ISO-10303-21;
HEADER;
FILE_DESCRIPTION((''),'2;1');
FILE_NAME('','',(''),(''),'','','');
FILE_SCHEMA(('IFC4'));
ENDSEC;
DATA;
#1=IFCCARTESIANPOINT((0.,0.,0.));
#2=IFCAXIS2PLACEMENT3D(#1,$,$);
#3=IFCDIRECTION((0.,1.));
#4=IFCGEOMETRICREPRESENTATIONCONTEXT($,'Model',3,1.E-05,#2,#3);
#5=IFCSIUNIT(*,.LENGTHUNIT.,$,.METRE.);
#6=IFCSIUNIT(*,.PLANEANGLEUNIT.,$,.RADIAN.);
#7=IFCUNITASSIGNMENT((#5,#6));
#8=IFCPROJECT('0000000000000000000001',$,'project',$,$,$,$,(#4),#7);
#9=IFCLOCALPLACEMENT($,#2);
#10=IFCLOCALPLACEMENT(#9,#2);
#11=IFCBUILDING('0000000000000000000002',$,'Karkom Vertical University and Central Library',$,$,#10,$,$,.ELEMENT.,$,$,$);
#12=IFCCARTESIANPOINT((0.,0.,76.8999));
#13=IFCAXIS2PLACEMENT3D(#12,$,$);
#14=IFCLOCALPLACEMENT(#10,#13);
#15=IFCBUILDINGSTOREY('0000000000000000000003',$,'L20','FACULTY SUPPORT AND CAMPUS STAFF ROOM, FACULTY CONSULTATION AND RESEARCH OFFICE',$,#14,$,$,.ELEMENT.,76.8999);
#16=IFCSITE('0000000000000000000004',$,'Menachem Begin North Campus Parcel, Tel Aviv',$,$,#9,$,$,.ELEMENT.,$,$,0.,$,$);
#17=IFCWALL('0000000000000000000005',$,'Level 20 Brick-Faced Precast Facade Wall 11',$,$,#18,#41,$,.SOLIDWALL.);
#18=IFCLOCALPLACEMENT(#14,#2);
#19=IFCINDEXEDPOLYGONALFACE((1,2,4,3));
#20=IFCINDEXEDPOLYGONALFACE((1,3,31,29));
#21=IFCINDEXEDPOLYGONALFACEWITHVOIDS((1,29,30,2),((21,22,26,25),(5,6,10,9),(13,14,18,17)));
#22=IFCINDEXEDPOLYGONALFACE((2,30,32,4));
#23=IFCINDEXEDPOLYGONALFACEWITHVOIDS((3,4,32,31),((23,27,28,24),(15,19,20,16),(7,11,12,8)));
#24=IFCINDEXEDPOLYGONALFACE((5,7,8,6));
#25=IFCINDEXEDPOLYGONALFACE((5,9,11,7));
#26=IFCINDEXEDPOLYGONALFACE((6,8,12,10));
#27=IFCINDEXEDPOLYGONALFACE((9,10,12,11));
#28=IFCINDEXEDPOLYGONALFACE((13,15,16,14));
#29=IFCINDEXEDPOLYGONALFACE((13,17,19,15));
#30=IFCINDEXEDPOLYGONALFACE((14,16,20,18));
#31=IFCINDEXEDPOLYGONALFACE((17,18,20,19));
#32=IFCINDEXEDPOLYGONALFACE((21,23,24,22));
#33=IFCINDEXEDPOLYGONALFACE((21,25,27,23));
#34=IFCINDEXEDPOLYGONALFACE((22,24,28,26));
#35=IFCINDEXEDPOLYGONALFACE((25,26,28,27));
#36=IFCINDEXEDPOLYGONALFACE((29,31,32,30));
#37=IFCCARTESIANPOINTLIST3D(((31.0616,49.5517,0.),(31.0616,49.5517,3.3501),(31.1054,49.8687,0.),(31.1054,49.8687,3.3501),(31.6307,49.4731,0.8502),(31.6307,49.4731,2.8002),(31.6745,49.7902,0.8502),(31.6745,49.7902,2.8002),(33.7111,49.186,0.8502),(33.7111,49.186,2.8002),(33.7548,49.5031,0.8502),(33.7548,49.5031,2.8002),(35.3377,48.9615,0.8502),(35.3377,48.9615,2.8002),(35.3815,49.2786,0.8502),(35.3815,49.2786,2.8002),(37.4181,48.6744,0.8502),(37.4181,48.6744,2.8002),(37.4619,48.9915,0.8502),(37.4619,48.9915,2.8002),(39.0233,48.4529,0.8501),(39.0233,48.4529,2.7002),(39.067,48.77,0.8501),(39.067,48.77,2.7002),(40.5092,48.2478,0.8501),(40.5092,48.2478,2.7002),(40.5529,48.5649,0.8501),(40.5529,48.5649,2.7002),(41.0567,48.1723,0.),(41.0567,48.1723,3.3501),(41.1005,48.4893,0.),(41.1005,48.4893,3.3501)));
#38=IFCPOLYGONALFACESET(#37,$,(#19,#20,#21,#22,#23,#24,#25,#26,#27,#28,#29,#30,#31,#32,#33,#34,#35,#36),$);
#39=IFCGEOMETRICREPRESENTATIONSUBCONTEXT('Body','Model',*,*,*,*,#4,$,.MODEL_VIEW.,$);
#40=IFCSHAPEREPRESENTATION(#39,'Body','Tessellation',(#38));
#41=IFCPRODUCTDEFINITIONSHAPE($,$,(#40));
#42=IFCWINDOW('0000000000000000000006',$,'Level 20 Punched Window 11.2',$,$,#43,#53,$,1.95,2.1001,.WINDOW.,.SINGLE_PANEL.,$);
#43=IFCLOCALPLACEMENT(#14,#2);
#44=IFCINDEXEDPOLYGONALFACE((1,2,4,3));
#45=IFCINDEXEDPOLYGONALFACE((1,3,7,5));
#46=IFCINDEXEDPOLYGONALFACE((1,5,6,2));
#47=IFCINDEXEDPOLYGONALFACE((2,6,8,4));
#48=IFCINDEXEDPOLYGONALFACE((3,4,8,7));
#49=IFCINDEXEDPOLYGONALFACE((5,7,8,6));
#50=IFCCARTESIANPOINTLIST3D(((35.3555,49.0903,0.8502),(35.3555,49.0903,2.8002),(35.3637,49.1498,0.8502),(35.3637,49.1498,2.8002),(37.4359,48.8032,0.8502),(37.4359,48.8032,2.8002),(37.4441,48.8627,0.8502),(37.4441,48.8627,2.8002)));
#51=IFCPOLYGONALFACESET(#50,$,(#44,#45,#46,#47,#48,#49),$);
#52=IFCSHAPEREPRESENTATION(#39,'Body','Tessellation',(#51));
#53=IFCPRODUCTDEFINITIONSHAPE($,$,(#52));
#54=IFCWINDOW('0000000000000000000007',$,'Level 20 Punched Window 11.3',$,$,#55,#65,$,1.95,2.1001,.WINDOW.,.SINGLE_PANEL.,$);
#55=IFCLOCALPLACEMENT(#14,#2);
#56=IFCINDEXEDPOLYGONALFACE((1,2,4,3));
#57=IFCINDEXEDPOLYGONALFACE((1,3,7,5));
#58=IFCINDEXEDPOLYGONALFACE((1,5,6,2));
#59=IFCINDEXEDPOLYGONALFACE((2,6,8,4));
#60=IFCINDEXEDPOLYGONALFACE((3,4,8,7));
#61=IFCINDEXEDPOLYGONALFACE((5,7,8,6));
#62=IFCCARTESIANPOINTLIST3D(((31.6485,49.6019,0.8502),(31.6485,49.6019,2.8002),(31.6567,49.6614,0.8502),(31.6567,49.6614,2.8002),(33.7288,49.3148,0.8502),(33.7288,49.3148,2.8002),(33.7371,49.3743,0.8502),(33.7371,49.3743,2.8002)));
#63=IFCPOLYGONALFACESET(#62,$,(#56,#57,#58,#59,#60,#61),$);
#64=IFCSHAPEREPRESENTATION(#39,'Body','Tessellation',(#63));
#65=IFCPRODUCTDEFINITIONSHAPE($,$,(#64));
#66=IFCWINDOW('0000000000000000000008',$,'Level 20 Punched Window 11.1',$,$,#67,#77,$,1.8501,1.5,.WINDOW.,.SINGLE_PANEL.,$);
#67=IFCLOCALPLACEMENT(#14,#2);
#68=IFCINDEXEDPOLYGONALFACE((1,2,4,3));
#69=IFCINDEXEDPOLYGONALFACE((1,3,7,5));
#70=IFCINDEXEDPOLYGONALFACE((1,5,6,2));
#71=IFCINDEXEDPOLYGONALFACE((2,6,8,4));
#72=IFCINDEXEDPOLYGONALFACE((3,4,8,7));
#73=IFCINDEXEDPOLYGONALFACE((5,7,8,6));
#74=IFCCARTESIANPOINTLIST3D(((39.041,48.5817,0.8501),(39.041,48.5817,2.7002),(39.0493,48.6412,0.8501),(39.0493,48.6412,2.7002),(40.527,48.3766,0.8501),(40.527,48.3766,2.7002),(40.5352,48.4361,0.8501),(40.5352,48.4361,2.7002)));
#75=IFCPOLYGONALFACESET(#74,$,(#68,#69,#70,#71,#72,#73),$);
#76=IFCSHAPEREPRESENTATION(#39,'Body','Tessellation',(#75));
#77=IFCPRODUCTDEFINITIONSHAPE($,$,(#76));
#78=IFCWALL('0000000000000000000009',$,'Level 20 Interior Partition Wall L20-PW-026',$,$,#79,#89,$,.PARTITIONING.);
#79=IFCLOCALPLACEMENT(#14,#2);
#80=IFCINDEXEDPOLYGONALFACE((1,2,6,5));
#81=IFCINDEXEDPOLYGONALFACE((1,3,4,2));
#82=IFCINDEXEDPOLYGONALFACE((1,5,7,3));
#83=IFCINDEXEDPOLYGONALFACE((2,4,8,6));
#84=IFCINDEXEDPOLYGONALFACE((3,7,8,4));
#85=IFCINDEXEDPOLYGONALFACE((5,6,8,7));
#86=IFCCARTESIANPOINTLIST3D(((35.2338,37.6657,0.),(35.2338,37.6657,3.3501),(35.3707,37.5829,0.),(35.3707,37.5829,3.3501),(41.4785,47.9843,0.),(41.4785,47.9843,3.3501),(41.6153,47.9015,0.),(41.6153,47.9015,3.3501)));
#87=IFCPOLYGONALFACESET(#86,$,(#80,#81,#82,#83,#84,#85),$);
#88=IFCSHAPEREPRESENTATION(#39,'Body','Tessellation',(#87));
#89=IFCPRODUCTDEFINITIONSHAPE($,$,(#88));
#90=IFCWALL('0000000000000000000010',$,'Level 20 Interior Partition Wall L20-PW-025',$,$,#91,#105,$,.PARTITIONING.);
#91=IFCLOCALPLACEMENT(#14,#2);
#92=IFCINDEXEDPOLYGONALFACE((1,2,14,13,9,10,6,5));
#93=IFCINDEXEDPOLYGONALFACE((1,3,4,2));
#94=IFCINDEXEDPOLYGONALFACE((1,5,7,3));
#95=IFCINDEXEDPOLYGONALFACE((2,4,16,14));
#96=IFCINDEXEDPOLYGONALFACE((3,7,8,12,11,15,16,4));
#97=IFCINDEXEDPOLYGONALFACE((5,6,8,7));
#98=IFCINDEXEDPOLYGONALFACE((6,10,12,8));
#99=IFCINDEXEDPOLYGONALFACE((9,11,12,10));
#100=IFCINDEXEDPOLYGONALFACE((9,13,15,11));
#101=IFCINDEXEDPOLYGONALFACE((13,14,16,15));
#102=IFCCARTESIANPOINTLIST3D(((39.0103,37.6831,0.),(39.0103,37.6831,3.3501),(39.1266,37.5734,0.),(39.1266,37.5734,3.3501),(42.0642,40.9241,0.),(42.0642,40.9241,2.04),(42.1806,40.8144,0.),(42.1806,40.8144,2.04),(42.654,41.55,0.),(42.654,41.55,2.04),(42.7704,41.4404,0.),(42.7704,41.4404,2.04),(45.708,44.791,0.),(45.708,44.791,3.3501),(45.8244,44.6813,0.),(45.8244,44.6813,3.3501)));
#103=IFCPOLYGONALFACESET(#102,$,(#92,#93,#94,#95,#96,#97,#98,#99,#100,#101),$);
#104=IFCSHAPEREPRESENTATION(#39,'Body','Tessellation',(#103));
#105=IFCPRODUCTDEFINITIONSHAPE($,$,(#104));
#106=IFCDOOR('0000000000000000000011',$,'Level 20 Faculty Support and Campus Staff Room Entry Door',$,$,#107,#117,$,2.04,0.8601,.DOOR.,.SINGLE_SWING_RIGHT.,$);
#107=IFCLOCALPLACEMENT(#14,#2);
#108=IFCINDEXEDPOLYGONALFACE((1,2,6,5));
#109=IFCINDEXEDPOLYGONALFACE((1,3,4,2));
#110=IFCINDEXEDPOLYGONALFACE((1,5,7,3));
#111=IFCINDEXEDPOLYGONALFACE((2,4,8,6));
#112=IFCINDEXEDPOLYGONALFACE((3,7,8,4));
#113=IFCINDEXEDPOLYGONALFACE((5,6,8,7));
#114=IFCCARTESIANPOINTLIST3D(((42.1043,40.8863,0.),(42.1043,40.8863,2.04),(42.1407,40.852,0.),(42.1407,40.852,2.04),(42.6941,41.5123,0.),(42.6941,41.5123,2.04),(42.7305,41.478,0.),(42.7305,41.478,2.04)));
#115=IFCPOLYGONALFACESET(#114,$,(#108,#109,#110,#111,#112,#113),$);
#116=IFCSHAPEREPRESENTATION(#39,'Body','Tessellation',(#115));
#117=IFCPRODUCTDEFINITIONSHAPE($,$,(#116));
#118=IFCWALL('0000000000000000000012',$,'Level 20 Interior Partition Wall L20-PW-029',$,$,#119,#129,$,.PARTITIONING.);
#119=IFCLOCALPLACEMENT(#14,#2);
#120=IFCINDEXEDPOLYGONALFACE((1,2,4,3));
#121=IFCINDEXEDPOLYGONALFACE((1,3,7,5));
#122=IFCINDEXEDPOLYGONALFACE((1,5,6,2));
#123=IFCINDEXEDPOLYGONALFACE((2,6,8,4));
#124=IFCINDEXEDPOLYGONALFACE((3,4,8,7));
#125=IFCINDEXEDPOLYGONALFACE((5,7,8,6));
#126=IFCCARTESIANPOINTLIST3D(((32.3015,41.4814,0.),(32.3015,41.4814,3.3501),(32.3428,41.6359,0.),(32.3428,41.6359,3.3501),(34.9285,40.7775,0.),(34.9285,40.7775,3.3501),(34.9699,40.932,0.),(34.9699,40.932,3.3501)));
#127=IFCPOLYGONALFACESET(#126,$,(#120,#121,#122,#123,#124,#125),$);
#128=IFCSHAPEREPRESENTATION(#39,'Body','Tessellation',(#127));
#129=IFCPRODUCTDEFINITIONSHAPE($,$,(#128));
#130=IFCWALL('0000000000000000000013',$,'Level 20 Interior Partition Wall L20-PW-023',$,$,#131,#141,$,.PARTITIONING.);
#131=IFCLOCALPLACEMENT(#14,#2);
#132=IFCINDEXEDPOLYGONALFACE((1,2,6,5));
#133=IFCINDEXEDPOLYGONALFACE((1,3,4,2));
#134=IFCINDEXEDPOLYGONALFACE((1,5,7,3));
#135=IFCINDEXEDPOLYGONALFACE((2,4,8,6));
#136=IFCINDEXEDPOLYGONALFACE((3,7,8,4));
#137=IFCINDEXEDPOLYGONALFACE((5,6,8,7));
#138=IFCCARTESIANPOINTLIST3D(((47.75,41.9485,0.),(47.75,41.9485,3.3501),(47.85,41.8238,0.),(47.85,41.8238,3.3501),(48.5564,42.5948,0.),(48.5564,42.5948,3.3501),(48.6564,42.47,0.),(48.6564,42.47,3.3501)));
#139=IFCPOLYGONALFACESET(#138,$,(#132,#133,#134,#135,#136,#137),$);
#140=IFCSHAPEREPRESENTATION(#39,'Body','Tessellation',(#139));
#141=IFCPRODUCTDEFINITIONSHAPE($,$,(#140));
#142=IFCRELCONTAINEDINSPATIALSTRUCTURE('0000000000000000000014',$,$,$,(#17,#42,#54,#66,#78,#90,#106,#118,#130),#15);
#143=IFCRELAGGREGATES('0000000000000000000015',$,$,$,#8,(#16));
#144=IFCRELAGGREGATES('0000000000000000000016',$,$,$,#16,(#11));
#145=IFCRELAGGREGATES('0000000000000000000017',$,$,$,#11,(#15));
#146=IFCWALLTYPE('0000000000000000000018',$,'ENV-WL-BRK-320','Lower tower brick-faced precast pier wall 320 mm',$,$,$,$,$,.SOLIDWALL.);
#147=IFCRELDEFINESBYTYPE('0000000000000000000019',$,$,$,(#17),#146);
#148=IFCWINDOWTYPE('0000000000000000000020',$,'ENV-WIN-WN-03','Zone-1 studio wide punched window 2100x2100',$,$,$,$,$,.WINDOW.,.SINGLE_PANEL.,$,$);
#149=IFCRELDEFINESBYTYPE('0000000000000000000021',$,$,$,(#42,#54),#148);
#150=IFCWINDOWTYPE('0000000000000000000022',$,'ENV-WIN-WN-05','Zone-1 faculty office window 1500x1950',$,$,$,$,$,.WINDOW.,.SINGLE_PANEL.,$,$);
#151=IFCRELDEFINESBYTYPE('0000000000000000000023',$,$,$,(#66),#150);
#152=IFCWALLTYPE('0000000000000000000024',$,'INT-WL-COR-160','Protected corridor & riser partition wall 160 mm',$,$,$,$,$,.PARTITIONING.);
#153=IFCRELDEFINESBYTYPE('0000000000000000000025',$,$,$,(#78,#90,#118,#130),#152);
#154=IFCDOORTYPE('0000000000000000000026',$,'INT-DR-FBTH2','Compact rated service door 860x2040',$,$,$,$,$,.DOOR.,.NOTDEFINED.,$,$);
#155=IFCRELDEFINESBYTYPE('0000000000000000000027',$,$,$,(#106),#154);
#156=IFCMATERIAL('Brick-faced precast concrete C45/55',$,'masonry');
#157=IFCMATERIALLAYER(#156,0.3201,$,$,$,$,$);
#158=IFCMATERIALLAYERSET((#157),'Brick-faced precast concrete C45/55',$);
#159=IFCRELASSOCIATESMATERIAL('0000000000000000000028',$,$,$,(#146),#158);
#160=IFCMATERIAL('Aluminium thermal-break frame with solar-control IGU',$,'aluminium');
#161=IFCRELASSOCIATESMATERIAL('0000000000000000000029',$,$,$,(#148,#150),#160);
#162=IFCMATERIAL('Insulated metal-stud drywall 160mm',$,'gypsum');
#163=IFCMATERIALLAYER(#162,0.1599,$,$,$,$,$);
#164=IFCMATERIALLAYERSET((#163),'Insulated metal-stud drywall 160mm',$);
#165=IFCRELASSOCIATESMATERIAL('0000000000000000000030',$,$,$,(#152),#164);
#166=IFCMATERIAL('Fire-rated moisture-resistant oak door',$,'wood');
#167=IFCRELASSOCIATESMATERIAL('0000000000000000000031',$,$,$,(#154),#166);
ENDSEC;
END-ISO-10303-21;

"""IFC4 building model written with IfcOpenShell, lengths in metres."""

from ifc_helpers import new_model, si_unit, direction, frame, frame_2d, origin, origin_with_axes, place, context, subcontext, project, spatial, rectangle, extrude, source, transform, mapped, material, layer, layer_set, type_object, element, fill, save


model = new_model("IFC4")

# Units and contexts
model_context = context("Model", 3, precision=1e-05, world=origin(), true_north=direction((0.0, 1.0)))
body_context = subcontext(model_context, "Body", "Model", "MODEL_VIEW")
ifc_project = project(units=[si_unit("LENGTHUNIT", "METRE"), si_unit("PLANEANGLEUNIT", "RADIAN")], contexts=[model_context])

# Site, building, storey
site_placement = place(None, origin())
site = spatial("IfcSite", under=ifc_project, at=site_placement, Name="Menachem Begin North Campus Parcel, Tel Aviv", CompositionType="ELEMENT", RefElevation=0.0)
building_placement = place(site_placement, origin())
building = spatial("IfcBuilding", under=site, at=building_placement, Name="Karkom Vertical University and Central Library", CompositionType="ELEMENT")
storey_placement = place(building_placement, frame((0.0, 0.0, 76.8999)))
storey = spatial("IfcBuildingStorey", under=building, at=storey_placement, Name="L20", Description="FACULTY SUPPORT AND CAMPUS STAFF ROOM, FACULTY CONSULTATION AND RESEARCH OFFICE", CompositionType="ELEMENT", Elevation=76.8999)

# Wall, openings, windows
ifc_material_1 = material(Name="Brick-faced precast concrete C45/55", Category="masonry")
ifc_layer_1 = layer(ifc_material_1, 0.3201)
ifc_layer_set_1 = layer_set([ifc_layer_1], Name="Brick-faced precast concrete C45/55")
wall_type_1 = type_object("IfcWallType", Name="ENV-WL-BRK-320", Description="Lower tower brick-faced precast pier wall 320 mm", PredefinedType="SOLIDWALL", material=ifc_layer_set_1)
ifc_material_2 = material(Name="Aluminium thermal-break frame with solar-control IGU", Category="aluminium")
window_type_1 = type_object("IfcWindowType", Name="ENV-WIN-WN-03", Description="Zone-1 studio wide punched window 2100x2100", PartitioningType="SINGLE_PANEL", PredefinedType="WINDOW", material=ifc_material_2)
shared_shape_1 = source(origin_with_axes(), body_context, "Body", "SweptSolid", [
    extrude(rectangle(XDim=2.1001, YDim=1.95, at=frame_2d((1.05, 0.9751))), frame((0.0, 0.03, 0.0), z_axis=(0.0, -1.0, 0.0), x_axis=(1.0, 0.0, 0.0)), (0.0, 0.0, 1.0), 0.0601),
])
wall_1_placement = place(storey_placement, frame((41.0786, 48.3308, 0.0), z_axis=(0.0, 0.0, 1.0), x_axis=(-0.990611, 0.136711, 0.0)))
wall_1 = element("IfcWall", 1, at=wall_1_placement, inside=storey, type_object=wall_type_1, Name="Level 20 Brick-Faced Precast Facade Wall 11", PredefinedType="SOLIDWALL", context=body_context, shape_type="SweptSolid", body=[
    extrude(rectangle(XDim=10.0898, YDim=0.3201, at=frame_2d((5.0449, 0.0))), origin(), (0.0, 0.0, 1.0), 3.3501),
])
opening_1_placement = place(wall_1_placement, frame((0.5527, 0.0, 0.8501)))
opening_1 = element("IfcOpeningElement", 2, at=opening_1_placement, cuts=wall_1, PredefinedType="OPENING", context=body_context, shape_type="SweptSolid", body=[
    extrude(rectangle(XDim=1.5, YDim=1.8501, at=frame_2d((0.75, 0.925))), frame((0.0, 0.1699, 0.0), z_axis=(0.0, -1.0, 0.0), x_axis=(1.0, 0.0, 0.0)), (0.0, 0.0, 1.0), 0.3401),
])
opening_2_placement = place(wall_1_placement, frame((3.6731, 0.0, 0.8501)))
opening_2 = element("IfcOpeningElement", 3, at=opening_2_placement, cuts=wall_1, PredefinedType="OPENING", context=body_context, shape_type="SweptSolid", body=[
    extrude(rectangle(XDim=2.1001, YDim=1.95, at=frame_2d((1.05, 0.9751))), frame((0.0, 0.1699, 0.0), z_axis=(0.0, -1.0, 0.0), x_axis=(1.0, 0.0, 0.0)), (0.0, 0.0, 1.0), 0.3401),
])
opening_3_placement = place(wall_1_placement, frame((7.4153, 0.0, 0.8501)))
opening_3 = element("IfcOpeningElement", 4, at=opening_3_placement, cuts=wall_1, PredefinedType="OPENING", context=body_context, shape_type="SweptSolid", body=[
    extrude(rectangle(XDim=2.1001, YDim=1.95, at=frame_2d((1.05, 0.9751))), frame((0.0, 0.1699, 0.0), z_axis=(0.0, -1.0, 0.0), x_axis=(1.0, 0.0, 0.0)), (0.0, 0.0, 1.0), 0.3401),
])
window_1_placement = place(opening_2_placement, origin())
window_1 = element("IfcWindow", 5, at=window_1_placement, inside=storey, type_object=window_type_1, Name="Level 20 Punched Window 11.2", OverallHeight=1.95, OverallWidth=2.1001, PartitioningType="SINGLE_PANEL", PredefinedType="WINDOW", context=body_context, shape_type="MappedRepresentation", body=[
    mapped(shared_shape_1, transform((0.0, 0.0, 0.0), scale=1.0)),
])
fill(opening_2, window_1)
window_2_placement = place(opening_3_placement, origin())
window_2 = element("IfcWindow", 6, at=window_2_placement, inside=storey, type_object=window_type_1, Name="Level 20 Punched Window 11.3", OverallHeight=1.95, OverallWidth=2.1001, PartitioningType="SINGLE_PANEL", PredefinedType="WINDOW", context=body_context, shape_type="MappedRepresentation", body=[
    mapped(shared_shape_1, transform((0.0, 0.0, 0.0), scale=1.0)),
])
fill(opening_3, window_2)
window_type_2 = type_object("IfcWindowType", Name="ENV-WIN-WN-05", Description="Zone-1 faculty office window 1500x1950", PartitioningType="SINGLE_PANEL", PredefinedType="WINDOW", material=ifc_material_2)
shared_shape_2 = source(origin_with_axes(), body_context, "Body", "SweptSolid", [
    extrude(rectangle(XDim=1.5, YDim=1.8501, at=frame_2d((0.75, 0.925))), frame((0.0, 0.03, 0.0), z_axis=(0.0, -1.0, 0.0), x_axis=(1.0, 0.0, 0.0)), (0.0, 0.0, 1.0), 0.0601),
])
window_3_placement = place(opening_1_placement, origin())
window_3 = element("IfcWindow", 7, at=window_3_placement, inside=storey, type_object=window_type_2, Name="Level 20 Punched Window 11.1", OverallHeight=1.8501, OverallWidth=1.5, PartitioningType="SINGLE_PANEL", PredefinedType="WINDOW", context=body_context, shape_type="MappedRepresentation", body=[
    mapped(shared_shape_2, transform((0.0, 0.0, 0.0), scale=1.0)),
])
fill(opening_1, window_3)

# Shared definitions
ifc_material_3 = material(Name="Insulated metal-stud drywall 160mm", Category="gypsum")
ifc_layer_2 = layer(ifc_material_3, 0.1599)
ifc_layer_set_2 = layer_set([ifc_layer_2], Name="Insulated metal-stud drywall 160mm")
wall_type_2 = type_object("IfcWallType", Name="INT-WL-COR-160", Description="Protected corridor & riser partition wall 160 mm", PredefinedType="PARTITIONING", material=ifc_layer_set_2)

# Wall
wall_2_placement = place(storey_placement, frame((35.3022, 37.6243, 0.0), z_axis=(0.0, 0.0, 1.0), x_axis=(0.517752, 0.855531, 0.0)))
element("IfcWall", 8, at=wall_2_placement, inside=storey, type_object=wall_type_2, Name="Level 20 Interior Partition Wall L20-PW-026", PredefinedType="PARTITIONING", context=body_context, shape_type="SweptSolid", body=[
    extrude(rectangle(XDim=12.061, YDim=0.1599, at=frame_2d((6.0305, 0.0))), origin(), (0.0, 0.0, 1.0), 3.3501),
])

# Wall, opening, door
wall_3_placement = place(storey_placement, frame((39.0684, 37.6282, 0.0), z_axis=(0.0, 0.0, 1.0), x_axis=(0.685797, 0.727793, 0.0)))
wall_3 = element("IfcWall", 9, at=wall_3_placement, inside=storey, type_object=wall_type_2, Name="Level 20 Interior Partition Wall L20-PW-025", PredefinedType="PARTITIONING", context=body_context, shape_type="SweptSolid", body=[
    extrude(rectangle(XDim=9.7664, YDim=0.1599, at=frame_2d((4.8833, 0.0))), origin(), (0.0, 0.0, 1.0), 3.3501),
])
opening_4_placement = place(wall_3_placement, frame((4.4531, 0.0, 0.0)))
opening_4 = element("IfcOpeningElement", 10, at=opening_4_placement, cuts=wall_3, PredefinedType="OPENING", context=body_context, shape_type="SweptSolid", body=[
    extrude(rectangle(XDim=0.8601, YDim=2.04, at=frame_2d((0.4302, 1.02))), frame((0.0, 0.0898, 0.0), z_axis=(0.0, -1.0, 0.0), x_axis=(1.0, 0.0, 0.0)), (0.0, 0.0, 1.0), 0.1799),
])
ifc_material_4 = material(Name="Fire-rated moisture-resistant oak door", Category="wood")
door_type_1 = type_object("IfcDoorType", Name="INT-DR-FBTH2", Description="Compact rated service door 860x2040", OperationType="NOTDEFINED", PredefinedType="DOOR", material=ifc_material_4)
shared_shape_3 = source(origin_with_axes(), body_context, "Body", "SweptSolid", [
    extrude(rectangle(XDim=0.8601, YDim=2.04, at=frame_2d((0.4302, 1.02))), frame((0.0, 0.0249, 0.0), z_axis=(0.0, -1.0, 0.0), x_axis=(1.0, 0.0, 0.0)), (0.0, 0.0, 1.0), 0.05),
])
door_1_placement = place(opening_4_placement, origin())
door_1 = element("IfcDoor", 11, at=door_1_placement, inside=storey, type_object=door_type_1, Name="Level 20 Faculty Support and Campus Staff Room Entry Door", OperationType="SINGLE_SWING_RIGHT", OverallHeight=2.04, OverallWidth=0.8601, PredefinedType="DOOR", context=body_context, shape_type="MappedRepresentation", body=[
    mapped(shared_shape_3, transform((0.0, 0.0, 0.0), scale=1.0)),
])
fill(opening_4, door_1)

# Walls
wall_4_placement = place(storey_placement, frame((34.9492, 40.8547, 0.0), z_axis=(0.0, 0.0, 1.0), x_axis=(-0.965929, 0.258808, 0.0)))
element("IfcWall", 12, at=wall_4_placement, inside=storey, type_object=wall_type_2, Name="Level 20 Interior Partition Wall L20-PW-029", PredefinedType="PARTITIONING", context=body_context, shape_type="SweptSolid", body=[
    extrude(rectangle(XDim=2.7197, YDim=0.1599, at=frame_2d((1.3599, 0.0))), origin(), (0.0, 0.0, 1.0), 3.3501),
])
wall_5_placement = place(storey_placement, frame((47.8, 41.8862, 0.0), z_axis=(0.0, 0.0, 1.0), x_axis=(0.780338, 0.625357, 0.0)))
element("IfcWall", 13, at=wall_5_placement, inside=storey, type_object=wall_type_2, Name="Level 20 Interior Partition Wall L20-PW-023", PredefinedType="PARTITIONING", context=body_context, shape_type="SweptSolid", body=[
    extrude(rectangle(XDim=1.0334, YDim=0.1599, at=frame_2d((0.5166, 0.0))), origin(), (0.0, 0.0, 1.0), 3.3501),
])

save(model, "model.ifc")
